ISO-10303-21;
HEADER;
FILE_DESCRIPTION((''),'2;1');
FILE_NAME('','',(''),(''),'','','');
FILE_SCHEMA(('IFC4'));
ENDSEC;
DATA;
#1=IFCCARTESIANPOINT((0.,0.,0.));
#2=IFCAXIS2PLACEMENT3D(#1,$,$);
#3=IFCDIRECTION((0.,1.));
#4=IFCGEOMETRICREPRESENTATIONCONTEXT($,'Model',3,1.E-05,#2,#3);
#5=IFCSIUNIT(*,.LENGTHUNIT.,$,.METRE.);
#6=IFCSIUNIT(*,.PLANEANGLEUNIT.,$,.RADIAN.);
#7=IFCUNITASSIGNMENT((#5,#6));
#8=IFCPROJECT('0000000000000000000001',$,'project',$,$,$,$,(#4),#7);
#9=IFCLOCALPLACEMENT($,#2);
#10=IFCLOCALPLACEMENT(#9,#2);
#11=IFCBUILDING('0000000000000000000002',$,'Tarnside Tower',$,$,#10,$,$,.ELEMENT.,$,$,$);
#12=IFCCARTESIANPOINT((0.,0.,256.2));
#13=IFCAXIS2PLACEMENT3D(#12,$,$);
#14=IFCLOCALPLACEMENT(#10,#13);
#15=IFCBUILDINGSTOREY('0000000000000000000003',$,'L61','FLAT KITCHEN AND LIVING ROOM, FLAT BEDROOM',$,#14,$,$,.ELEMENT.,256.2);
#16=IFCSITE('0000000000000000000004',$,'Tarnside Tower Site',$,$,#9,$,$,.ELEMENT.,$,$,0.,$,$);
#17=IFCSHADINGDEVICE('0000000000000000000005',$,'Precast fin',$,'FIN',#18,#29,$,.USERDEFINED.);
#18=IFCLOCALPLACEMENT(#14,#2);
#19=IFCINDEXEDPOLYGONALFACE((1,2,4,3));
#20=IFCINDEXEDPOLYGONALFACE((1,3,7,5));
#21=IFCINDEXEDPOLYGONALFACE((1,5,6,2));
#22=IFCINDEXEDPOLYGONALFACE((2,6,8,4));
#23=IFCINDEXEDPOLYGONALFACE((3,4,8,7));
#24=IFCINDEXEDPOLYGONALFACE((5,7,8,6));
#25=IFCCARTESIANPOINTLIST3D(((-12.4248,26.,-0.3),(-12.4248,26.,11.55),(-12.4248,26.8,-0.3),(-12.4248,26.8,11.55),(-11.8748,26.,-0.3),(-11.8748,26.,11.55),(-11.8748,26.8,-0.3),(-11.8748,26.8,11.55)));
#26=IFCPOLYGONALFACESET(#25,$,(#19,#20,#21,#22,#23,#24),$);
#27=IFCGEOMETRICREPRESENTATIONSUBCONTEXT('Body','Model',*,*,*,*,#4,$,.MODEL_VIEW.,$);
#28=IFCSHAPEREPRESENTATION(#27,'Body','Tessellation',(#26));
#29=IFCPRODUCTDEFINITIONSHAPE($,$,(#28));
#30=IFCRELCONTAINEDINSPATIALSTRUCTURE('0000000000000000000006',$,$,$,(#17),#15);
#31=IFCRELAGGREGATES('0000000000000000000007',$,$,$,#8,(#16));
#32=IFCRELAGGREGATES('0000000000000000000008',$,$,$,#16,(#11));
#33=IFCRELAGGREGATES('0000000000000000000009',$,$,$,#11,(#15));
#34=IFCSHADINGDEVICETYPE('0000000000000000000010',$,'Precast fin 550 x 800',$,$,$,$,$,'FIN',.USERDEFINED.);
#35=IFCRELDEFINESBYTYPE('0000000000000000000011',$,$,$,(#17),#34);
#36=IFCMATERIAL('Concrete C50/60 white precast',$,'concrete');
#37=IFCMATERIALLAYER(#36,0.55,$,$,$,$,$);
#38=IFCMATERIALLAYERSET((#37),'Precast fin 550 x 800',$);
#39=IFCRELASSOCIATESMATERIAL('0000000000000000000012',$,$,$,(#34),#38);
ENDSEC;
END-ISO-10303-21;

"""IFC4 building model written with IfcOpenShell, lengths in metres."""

from ifc_helpers import new_model, si_unit, direction, frame, origin, place, context, subcontext, project, spatial, polyline, outline, extrude, material, layer, layer_set, type_object, element, save


model = new_model("IFC4")

# Units and contexts
model_context = context("Model", 3, precision=1e-05, world=origin(), true_north=direction((0.0, 1.0)))
body_context = subcontext(model_context, "Body", "Model", "MODEL_VIEW")
ifc_project = project(units=[si_unit("LENGTHUNIT", "METRE"), si_unit("PLANEANGLEUNIT", "RADIAN")], contexts=[model_context])

# Site, building, storey
site_placement = place(None, origin())
site = spatial("IfcSite", under=ifc_project, at=site_placement, Name="Tarnside Tower Site", CompositionType="ELEMENT", RefElevation=0.0)
building_placement = place(site_placement, origin())
building = spatial("IfcBuilding", under=site, at=building_placement, Name="Tarnside Tower", CompositionType="ELEMENT")
storey_placement = place(building_placement, frame((0.0, 0.0, 256.2)))
storey = spatial("IfcBuildingStorey", under=building, at=storey_placement, Name="L61", Description="FLAT KITCHEN AND LIVING ROOM, FLAT BEDROOM", CompositionType="ELEMENT", Elevation=256.2)

# Shading device
ifc_material_1 = material(Name="Concrete C50/60 white precast", Category="concrete")
ifc_layer_1 = layer(ifc_material_1, 0.55)
ifc_layer_set_1 = layer_set([ifc_layer_1], Name="Precast fin 550 x 800")
shading_device_type = type_object("IfcShadingDeviceType", Name="Precast fin 550 x 800", ElementType="FIN", PredefinedType="USERDEFINED", material=ifc_layer_set_1)
for number, where, z_axis, x_axis, name in (
    (1, (-12.1499, 26.0, -0.3), (1.0, 0.0, 0.0), (0.0, 1.0, 0.0), "Precast fin"),
):
    element("IfcShadingDevice", number, at=place(storey_placement, frame(where, z_axis=z_axis, x_axis=x_axis)), inside=storey, type_object=shading_device_type, Name=name, ObjectType="FIN", PredefinedType="USERDEFINED", context=body_context, shape_type="SweptSolid", body=[
        extrude(outline(polyline([(0.0, 0.0), (0.8, 0.0), (0.8, 11.8501), (0.0, 11.8501), (0.0, 0.0)])), frame((0.0, 0.0, -0.2749)), (0.0, 0.0, 1.0), 0.55),
    ])

save(model, "model.ifc")
